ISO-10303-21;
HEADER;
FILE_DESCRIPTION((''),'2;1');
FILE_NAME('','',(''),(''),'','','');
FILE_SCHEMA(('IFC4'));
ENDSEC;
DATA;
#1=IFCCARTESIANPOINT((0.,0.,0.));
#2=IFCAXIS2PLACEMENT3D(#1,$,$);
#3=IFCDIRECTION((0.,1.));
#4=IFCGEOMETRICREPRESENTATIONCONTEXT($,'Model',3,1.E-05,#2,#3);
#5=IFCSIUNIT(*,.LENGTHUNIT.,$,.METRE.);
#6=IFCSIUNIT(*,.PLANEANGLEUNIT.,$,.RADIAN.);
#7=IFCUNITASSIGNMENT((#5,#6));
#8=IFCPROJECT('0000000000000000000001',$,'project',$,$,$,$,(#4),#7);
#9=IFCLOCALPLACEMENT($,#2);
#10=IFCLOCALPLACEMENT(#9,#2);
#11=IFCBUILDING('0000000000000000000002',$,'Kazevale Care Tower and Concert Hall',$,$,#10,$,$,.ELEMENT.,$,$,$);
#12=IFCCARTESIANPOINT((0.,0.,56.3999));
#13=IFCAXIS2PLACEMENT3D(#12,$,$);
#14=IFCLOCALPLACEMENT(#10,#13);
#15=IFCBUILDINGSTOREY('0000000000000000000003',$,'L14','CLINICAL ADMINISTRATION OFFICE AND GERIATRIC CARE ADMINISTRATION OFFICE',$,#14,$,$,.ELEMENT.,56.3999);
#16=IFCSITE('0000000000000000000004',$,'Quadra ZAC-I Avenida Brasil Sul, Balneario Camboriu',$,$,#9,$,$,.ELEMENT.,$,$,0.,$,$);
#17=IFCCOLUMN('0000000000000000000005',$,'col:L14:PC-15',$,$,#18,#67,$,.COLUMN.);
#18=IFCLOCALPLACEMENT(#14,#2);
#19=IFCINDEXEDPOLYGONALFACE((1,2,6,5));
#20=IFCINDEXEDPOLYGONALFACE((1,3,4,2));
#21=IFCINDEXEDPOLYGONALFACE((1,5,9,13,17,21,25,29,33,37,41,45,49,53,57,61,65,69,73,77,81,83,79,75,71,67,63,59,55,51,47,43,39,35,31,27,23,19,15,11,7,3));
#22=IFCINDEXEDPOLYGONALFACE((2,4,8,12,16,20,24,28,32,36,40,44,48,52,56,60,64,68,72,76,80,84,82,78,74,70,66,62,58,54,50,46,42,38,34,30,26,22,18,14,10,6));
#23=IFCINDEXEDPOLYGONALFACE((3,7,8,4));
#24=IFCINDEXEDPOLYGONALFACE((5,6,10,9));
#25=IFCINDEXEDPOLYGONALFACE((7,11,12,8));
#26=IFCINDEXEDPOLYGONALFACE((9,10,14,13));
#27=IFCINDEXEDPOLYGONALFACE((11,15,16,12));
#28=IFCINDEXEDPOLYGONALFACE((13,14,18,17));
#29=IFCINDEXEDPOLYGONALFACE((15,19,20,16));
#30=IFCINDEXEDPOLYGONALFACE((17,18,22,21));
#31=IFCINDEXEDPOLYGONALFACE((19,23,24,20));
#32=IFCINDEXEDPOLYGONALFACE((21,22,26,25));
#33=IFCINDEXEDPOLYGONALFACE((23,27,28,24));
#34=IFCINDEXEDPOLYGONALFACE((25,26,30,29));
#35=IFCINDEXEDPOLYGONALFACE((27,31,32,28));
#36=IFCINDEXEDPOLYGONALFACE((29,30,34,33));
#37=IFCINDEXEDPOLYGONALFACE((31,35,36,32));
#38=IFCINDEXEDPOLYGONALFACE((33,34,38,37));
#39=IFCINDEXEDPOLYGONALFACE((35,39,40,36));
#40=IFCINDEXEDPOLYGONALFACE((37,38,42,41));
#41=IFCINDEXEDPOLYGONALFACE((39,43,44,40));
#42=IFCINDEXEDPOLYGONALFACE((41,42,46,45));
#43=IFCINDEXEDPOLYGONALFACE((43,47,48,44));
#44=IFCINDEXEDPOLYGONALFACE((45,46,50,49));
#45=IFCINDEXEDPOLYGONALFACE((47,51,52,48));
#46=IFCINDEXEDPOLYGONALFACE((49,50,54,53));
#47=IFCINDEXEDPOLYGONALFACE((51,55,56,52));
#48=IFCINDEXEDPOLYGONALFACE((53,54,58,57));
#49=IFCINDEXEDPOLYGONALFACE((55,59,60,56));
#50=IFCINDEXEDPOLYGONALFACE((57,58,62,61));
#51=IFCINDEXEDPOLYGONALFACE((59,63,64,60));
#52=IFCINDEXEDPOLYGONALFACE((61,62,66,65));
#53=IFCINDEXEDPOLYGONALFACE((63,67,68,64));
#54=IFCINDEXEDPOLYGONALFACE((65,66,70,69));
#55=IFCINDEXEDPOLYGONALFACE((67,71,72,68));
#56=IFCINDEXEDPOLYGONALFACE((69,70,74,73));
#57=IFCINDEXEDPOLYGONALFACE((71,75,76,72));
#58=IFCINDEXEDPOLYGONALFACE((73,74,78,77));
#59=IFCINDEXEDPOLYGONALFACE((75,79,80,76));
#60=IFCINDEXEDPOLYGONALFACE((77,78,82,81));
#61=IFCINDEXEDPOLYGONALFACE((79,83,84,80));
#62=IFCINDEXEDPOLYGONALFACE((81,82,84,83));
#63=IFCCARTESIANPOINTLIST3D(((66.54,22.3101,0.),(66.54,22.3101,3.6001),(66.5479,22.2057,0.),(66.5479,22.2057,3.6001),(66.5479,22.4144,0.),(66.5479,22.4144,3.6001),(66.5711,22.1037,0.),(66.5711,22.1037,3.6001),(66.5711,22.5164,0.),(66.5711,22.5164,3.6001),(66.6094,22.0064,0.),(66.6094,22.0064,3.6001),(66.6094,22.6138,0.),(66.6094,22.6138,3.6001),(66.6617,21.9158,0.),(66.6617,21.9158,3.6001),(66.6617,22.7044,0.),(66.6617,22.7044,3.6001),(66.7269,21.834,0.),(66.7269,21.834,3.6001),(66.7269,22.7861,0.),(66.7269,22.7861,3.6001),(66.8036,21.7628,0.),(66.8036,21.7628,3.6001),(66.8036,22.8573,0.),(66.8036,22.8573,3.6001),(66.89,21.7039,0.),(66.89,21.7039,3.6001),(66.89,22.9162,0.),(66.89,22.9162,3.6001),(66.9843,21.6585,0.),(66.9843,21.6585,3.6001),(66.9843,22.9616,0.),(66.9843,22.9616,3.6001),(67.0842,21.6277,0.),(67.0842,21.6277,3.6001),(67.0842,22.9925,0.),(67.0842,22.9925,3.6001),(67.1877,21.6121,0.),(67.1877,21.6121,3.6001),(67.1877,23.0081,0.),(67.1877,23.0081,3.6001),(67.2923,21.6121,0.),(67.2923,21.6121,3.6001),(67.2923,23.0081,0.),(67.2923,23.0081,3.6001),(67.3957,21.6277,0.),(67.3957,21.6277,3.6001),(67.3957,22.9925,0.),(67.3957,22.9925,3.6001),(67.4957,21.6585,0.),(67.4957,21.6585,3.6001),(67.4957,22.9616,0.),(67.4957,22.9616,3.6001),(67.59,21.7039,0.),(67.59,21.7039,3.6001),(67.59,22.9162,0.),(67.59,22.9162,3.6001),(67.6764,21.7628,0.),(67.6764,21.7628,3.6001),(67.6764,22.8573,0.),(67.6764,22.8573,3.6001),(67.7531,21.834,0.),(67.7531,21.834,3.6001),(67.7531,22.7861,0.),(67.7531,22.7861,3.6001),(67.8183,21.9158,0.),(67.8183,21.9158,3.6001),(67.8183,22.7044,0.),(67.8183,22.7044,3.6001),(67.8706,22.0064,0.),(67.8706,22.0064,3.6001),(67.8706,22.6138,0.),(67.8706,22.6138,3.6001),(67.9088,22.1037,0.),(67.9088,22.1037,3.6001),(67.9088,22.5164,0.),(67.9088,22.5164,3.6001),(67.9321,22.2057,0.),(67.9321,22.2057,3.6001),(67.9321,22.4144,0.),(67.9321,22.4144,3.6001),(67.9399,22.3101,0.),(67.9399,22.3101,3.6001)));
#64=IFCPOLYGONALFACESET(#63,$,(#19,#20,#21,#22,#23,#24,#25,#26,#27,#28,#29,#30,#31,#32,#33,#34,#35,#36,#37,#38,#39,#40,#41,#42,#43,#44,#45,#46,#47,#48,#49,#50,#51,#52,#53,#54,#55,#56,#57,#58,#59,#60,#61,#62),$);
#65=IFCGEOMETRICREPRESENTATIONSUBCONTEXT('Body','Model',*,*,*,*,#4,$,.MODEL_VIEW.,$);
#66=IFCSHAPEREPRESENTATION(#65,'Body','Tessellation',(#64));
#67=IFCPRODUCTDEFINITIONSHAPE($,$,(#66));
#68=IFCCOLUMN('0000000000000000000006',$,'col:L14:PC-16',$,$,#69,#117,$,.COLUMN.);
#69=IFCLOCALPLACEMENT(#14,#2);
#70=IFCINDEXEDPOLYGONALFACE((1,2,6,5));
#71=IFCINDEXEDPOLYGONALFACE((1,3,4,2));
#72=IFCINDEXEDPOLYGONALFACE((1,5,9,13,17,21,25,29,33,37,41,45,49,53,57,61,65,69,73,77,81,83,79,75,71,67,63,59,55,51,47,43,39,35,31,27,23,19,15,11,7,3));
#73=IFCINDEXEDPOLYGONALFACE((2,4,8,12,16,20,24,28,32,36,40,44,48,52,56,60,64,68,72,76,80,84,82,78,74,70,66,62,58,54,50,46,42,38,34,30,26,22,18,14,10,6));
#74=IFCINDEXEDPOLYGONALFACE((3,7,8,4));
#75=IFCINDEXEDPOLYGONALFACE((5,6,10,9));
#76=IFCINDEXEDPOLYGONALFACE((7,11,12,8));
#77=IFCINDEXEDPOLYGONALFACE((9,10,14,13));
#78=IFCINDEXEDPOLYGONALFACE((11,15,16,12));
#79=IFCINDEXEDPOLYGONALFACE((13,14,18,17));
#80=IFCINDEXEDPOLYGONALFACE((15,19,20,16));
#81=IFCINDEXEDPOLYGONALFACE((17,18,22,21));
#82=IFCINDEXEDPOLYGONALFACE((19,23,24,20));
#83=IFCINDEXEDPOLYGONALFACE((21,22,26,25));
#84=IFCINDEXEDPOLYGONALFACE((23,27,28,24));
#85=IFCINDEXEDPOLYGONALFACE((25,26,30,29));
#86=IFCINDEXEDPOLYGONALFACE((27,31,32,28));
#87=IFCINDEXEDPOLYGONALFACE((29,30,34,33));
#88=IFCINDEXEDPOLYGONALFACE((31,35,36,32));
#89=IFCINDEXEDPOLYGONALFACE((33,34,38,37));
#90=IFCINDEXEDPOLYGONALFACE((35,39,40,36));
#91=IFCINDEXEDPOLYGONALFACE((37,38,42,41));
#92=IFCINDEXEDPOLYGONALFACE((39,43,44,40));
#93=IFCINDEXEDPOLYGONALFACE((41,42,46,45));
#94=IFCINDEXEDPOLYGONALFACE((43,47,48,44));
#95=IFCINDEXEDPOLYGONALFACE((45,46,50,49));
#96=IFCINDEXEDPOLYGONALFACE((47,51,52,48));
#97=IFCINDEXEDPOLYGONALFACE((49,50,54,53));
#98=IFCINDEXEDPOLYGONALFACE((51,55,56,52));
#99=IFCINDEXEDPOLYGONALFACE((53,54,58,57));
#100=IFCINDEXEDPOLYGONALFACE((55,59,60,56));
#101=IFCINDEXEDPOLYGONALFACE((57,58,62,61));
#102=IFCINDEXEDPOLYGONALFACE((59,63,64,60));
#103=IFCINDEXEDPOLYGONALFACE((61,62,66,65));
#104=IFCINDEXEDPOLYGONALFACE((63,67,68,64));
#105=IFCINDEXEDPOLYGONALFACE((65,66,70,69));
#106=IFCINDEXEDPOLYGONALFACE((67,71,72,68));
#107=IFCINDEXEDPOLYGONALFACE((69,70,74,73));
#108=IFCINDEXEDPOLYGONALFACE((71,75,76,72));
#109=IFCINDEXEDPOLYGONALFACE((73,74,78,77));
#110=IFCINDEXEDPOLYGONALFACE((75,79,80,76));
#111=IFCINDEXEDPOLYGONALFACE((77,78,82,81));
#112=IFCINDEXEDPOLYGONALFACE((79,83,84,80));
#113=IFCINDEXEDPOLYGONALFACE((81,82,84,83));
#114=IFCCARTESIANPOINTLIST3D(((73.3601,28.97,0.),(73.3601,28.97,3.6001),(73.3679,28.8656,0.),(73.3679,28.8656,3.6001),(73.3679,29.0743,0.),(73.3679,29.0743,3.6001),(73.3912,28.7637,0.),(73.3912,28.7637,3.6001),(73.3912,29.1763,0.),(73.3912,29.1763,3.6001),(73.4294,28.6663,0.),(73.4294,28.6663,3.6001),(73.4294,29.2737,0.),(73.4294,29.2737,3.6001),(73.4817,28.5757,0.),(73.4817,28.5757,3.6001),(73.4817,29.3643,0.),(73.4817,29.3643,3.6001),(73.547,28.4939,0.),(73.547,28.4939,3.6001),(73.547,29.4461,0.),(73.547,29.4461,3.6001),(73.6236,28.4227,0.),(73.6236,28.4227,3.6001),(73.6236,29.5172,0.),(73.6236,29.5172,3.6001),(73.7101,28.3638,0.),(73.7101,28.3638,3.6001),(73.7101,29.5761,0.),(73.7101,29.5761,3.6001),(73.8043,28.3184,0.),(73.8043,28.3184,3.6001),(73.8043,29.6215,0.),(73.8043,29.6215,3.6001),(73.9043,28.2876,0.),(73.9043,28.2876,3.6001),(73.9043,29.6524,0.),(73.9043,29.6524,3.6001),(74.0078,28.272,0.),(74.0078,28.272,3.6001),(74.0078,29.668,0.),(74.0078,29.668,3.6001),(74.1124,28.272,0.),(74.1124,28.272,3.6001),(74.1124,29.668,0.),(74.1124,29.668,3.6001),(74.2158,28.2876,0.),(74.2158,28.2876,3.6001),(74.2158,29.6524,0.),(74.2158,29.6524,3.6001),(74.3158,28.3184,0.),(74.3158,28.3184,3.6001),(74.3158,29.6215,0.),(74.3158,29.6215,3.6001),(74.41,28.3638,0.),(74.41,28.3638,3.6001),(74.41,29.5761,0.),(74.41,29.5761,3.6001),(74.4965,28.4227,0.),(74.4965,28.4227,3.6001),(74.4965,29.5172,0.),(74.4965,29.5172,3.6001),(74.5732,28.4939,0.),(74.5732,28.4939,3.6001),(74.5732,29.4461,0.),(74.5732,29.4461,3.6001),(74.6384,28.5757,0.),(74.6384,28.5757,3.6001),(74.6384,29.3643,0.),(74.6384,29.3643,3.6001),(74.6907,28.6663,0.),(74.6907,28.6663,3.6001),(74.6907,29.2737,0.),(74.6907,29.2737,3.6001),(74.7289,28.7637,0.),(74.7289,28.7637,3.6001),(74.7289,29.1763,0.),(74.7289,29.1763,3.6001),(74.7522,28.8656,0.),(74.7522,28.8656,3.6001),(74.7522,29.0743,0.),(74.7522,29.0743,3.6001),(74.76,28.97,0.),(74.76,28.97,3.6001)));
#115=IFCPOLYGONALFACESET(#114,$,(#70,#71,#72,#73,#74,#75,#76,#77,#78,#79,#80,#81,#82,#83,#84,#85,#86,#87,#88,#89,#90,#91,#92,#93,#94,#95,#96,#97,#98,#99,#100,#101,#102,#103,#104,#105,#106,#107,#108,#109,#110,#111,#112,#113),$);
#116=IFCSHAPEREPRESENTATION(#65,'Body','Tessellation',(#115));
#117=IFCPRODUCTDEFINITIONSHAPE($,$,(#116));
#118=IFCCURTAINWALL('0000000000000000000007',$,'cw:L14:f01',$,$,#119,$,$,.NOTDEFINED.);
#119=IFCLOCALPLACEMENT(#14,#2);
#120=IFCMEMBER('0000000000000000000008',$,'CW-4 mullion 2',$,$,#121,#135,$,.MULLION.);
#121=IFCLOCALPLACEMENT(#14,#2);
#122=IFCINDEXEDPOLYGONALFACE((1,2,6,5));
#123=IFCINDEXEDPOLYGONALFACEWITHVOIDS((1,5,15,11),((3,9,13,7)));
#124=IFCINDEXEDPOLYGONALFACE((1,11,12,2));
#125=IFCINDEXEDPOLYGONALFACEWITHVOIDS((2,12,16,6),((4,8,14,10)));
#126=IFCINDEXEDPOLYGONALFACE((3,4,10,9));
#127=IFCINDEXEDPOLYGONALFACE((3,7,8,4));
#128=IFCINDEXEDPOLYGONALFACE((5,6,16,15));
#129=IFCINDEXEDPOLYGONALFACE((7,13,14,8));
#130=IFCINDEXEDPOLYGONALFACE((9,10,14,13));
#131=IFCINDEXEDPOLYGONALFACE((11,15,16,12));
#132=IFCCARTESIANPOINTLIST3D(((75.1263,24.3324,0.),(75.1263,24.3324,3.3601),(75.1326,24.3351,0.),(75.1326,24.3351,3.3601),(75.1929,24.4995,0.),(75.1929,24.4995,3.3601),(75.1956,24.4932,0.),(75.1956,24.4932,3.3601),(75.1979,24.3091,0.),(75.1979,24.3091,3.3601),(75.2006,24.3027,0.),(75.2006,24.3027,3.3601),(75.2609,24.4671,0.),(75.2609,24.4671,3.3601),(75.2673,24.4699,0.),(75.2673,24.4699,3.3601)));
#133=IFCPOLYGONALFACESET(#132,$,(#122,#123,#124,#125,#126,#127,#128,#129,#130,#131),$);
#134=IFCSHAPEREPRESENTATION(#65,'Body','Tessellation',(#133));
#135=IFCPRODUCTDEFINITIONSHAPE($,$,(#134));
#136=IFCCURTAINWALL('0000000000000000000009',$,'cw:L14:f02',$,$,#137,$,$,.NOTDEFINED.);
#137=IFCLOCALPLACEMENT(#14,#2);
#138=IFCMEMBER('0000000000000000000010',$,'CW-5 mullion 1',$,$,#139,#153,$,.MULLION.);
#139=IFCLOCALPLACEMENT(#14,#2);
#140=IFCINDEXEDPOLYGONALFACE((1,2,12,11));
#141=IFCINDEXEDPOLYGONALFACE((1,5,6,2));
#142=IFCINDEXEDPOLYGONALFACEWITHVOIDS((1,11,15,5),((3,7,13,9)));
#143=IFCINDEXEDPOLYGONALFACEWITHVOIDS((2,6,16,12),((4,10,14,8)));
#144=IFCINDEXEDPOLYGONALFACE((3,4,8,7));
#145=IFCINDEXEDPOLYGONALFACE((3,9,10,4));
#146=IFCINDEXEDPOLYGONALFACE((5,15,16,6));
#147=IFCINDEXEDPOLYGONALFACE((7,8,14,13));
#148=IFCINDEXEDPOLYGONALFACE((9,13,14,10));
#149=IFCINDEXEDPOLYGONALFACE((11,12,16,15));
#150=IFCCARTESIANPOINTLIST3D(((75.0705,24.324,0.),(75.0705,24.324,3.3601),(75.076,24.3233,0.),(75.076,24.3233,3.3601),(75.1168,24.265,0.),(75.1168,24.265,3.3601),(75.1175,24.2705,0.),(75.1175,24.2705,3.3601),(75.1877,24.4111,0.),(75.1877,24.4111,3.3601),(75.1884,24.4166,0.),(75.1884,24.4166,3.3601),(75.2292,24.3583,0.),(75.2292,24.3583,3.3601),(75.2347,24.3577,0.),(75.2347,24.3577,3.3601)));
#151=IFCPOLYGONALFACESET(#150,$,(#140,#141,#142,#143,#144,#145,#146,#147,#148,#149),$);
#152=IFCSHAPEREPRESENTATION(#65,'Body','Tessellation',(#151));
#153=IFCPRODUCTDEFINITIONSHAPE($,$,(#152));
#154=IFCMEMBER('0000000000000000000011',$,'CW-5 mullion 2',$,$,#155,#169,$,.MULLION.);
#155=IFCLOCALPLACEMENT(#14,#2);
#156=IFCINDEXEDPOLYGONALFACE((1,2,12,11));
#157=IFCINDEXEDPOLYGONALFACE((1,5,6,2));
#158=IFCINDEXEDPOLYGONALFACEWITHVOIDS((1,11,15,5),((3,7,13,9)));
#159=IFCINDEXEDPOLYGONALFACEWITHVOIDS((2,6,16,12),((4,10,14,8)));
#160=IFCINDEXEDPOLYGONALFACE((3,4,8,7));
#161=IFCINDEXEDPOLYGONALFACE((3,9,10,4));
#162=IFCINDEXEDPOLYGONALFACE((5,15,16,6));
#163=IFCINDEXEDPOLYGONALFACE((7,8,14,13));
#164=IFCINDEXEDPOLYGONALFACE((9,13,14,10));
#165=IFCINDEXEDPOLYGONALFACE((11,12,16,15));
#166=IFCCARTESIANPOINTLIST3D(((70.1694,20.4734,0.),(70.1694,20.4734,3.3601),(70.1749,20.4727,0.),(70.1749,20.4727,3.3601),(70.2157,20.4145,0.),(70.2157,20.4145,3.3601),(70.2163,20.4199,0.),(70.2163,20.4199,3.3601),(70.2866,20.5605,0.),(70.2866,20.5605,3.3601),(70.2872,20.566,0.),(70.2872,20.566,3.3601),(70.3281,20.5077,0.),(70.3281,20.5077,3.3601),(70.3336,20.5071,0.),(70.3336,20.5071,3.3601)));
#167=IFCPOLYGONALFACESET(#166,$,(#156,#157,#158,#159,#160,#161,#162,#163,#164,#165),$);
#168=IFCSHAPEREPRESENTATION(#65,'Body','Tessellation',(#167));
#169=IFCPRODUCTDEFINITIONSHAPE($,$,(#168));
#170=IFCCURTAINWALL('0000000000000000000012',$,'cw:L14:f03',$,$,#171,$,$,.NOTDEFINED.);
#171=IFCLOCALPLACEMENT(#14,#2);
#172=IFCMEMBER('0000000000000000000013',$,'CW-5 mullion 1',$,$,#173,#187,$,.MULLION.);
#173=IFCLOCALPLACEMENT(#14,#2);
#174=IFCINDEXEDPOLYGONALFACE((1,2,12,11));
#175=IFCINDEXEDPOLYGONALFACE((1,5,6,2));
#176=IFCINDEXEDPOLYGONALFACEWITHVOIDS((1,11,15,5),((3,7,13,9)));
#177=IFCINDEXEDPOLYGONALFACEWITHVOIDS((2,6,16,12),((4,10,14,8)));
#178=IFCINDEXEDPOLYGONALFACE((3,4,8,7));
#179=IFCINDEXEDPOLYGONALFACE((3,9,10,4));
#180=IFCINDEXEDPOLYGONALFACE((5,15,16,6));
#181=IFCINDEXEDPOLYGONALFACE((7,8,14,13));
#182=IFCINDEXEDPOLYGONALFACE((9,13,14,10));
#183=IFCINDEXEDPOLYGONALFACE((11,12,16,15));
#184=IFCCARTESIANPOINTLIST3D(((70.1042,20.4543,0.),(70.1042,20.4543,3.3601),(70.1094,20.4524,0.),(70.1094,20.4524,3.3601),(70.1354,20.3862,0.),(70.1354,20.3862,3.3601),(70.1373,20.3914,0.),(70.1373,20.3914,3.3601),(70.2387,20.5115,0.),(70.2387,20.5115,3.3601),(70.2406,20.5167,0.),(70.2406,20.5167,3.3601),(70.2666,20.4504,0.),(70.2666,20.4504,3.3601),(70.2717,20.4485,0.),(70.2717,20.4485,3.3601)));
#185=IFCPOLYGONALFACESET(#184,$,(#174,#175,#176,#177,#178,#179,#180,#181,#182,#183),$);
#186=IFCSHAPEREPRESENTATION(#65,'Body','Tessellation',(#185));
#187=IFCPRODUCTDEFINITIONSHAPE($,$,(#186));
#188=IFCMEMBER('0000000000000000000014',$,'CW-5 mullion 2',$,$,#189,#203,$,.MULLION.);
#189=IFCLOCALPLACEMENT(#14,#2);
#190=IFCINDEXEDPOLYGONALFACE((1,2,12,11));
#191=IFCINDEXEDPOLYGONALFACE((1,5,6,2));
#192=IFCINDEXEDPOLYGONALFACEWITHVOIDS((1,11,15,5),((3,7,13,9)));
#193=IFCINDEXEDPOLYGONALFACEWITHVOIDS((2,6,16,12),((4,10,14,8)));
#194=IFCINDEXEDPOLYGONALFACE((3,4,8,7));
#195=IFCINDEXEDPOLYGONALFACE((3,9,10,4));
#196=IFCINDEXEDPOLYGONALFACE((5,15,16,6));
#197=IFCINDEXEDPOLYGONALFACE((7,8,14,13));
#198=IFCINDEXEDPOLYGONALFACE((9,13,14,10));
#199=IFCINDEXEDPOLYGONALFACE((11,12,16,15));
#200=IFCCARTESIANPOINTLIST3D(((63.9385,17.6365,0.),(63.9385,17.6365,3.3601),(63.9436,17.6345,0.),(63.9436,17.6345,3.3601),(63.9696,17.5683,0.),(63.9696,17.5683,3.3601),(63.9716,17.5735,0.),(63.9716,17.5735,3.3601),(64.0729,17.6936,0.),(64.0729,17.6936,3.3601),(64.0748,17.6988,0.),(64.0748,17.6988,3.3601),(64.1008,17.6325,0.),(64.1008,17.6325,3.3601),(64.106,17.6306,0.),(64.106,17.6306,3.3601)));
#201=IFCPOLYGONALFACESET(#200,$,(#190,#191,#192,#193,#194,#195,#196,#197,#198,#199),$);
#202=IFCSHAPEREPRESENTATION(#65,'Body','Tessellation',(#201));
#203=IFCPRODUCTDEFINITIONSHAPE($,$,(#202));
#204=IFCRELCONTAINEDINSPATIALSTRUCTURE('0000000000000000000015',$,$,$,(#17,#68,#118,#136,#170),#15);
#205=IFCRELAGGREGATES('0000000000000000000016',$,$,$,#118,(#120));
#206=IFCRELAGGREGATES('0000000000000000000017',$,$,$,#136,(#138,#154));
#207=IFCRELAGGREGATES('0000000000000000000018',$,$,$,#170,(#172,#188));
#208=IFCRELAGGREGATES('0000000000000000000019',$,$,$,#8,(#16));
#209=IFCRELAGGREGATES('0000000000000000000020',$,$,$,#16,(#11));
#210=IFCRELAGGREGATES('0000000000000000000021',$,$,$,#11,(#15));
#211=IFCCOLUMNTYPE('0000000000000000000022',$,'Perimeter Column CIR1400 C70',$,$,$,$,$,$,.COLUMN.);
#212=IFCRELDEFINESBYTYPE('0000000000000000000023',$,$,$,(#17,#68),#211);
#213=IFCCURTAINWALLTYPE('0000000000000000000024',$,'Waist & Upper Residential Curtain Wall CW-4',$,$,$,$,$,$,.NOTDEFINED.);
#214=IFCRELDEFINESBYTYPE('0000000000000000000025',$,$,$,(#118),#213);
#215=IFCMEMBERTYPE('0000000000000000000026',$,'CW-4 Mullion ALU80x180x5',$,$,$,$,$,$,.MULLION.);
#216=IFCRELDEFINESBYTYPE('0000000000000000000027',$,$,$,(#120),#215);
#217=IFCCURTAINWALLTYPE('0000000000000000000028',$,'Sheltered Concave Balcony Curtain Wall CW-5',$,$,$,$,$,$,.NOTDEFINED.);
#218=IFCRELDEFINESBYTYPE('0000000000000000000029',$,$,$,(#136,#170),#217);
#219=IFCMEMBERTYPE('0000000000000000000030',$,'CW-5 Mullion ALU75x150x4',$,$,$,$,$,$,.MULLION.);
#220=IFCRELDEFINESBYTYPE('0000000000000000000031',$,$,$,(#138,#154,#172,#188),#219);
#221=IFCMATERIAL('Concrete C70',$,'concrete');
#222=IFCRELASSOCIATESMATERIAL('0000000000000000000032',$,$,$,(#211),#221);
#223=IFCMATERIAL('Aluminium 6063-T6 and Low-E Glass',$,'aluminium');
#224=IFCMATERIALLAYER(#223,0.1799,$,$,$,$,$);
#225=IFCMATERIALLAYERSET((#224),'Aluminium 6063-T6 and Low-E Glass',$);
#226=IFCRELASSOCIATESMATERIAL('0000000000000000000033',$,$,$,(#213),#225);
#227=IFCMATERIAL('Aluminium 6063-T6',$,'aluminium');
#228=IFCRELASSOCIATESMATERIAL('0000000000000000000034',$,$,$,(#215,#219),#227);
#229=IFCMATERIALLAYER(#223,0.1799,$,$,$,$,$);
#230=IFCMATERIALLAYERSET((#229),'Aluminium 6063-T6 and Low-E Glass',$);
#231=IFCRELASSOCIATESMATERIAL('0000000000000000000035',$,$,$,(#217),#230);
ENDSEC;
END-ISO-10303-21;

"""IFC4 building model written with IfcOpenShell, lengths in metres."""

from ifc_helpers import new_model, si_unit, direction, frame, origin, origin_2d, place, context, subcontext, project, spatial, hollow_rectangle, circle, extrude, material, layer, layer_set, material_profile, profile_set, type_object, element, aggregate, save


model = new_model("IFC4")

# Units and contexts
model_context = context("Model", 3, precision=1e-05, world=origin(), true_north=direction((0.0, 1.0)))
body_context = subcontext(model_context, "Body", "Model", "MODEL_VIEW")
ifc_project = project(units=[si_unit("LENGTHUNIT", "METRE"), si_unit("PLANEANGLEUNIT", "RADIAN")], contexts=[model_context])

# Site, building, storey
site_placement = place(None, origin())
site = spatial("IfcSite", under=ifc_project, at=site_placement, Name="Quadra ZAC-I Avenida Brasil Sul, Balneario Camboriu", CompositionType="ELEMENT", RefElevation=0.0)
building_placement = place(site_placement, origin())
building = spatial("IfcBuilding", under=site, at=building_placement, Name="Kazevale Care Tower and Concert Hall", CompositionType="ELEMENT")
storey_placement = place(building_placement, frame((0.0, 0.0, 56.3999)))
storey = spatial("IfcBuildingStorey", under=building, at=storey_placement, Name="L14", Description="CLINICAL ADMINISTRATION OFFICE AND GERIATRIC CARE ADMINISTRATION OFFICE", CompositionType="ELEMENT", Elevation=56.3999)

# Columns
ifc_material_1 = material(Name="Concrete C70", Category="concrete")
ifc_material_profile_1 = material_profile(ifc_material_1, circle(Radius=0.7, at=origin_2d()), Name="RC-CIR1400")
ifc_profile_set_1 = profile_set([ifc_material_profile_1], Name="Concrete C70")
column_type = type_object("IfcColumnType", Name="Perimeter Column CIR1400 C70", PredefinedType="COLUMN", material=ifc_profile_set_1)
for number, where, z_axis, x_axis, name in (
    (1, (67.24, 22.3101, 0.0), (0.0, 0.0, 1.0), (1.0, 0.0, 0.0), "col:L14:PC-15"),
    (2, (74.0601, 28.97, 0.0), (0.0, 0.0, 1.0), (1.0, 0.0, 0.0), "col:L14:PC-16"),
):
    element("IfcColumn", number, at=place(storey_placement, frame(where, z_axis=z_axis, x_axis=x_axis)), inside=storey, type_object=column_type, Name=name, PredefinedType="COLUMN", context=body_context, shape_type="SweptSolid", body=[
        extrude(circle(Radius=0.7, at=origin_2d()), origin(), (0.0, 0.0, 1.0), 3.6001),
    ])

# Curtain wall, member
ifc_material_2 = material(Name="Aluminium 6063-T6 and Low-E Glass", Category="aluminium")
ifc_layer_1 = layer(ifc_material_2, 0.1799)
ifc_layer_set_1 = layer_set([ifc_layer_1], Name="Aluminium 6063-T6 and Low-E Glass")
curtain_wall_type_1 = type_object("IfcCurtainWallType", Name="Waist & Upper Residential Curtain Wall CW-4", PredefinedType="NOTDEFINED", material=ifc_layer_set_1)
curtain_wall_1_placement = place(storey_placement, origin())
curtain_wall_1 = element("IfcCurtainWall", 3, at=curtain_wall_1_placement, inside=storey, type_object=curtain_wall_type_1, Name="cw:L14:f01", PredefinedType="NOTDEFINED")
ifc_material_3 = material(Name="Aluminium 6063-T6", Category="aluminium")
ifc_material_profile_2 = material_profile(ifc_material_3, hollow_rectangle(XDim=0.0801, YDim=0.1799, WallThickness=0.0049, at=origin_2d()), Name="ALU80x180x5")
ifc_profile_set_2 = profile_set([ifc_material_profile_2], Name="Aluminium 6063-T6")
member_type_1 = type_object("IfcMemberType", Name="CW-4 Mullion ALU80x180x5", PredefinedType="MULLION", material=ifc_profile_set_2)
member_1_placement = place(storey_placement, frame((75.1968, 24.4011, 0.0), z_axis=(0.0, 0.0, 1.0), x_axis=(0.928861, -0.370427, 0.0)))
member_1 = element("IfcMember", 4, at=member_1_placement, type_object=member_type_1, Name="CW-4 mullion 2", PredefinedType="MULLION", context=body_context, shape_type="SweptSolid", body=[
    extrude(hollow_rectangle(XDim=0.0801, YDim=0.1799, WallThickness=0.0049, at=origin_2d()), origin(), (0.0, 0.0, 1.0), 3.3601),
])
aggregate(curtain_wall_1, [member_1])

# Curtain walls, members
ifc_layer_2 = layer(ifc_material_2, 0.1799)
ifc_layer_set_2 = layer_set([ifc_layer_2], Name="Aluminium 6063-T6 and Low-E Glass")
curtain_wall_type_2 = type_object("IfcCurtainWallType", Name="Sheltered Concave Balcony Curtain Wall CW-5", PredefinedType="NOTDEFINED", material=ifc_layer_set_2)
curtain_wall_2_placement = place(storey_placement, origin())
curtain_wall_2 = element("IfcCurtainWall", 5, at=curtain_wall_2_placement, inside=storey, type_object=curtain_wall_type_2, Name="cw:L14:f02", PredefinedType="NOTDEFINED")
ifc_material_profile_3 = material_profile(ifc_material_3, hollow_rectangle(XDim=0.075, YDim=0.1499, WallThickness=0.0039, at=origin_2d()), Name="ALU75x150x4")
ifc_profile_set_3 = profile_set([ifc_material_profile_3], Name="Aluminium 6063-T6")
member_type_2 = type_object("IfcMemberType", Name="CW-5 Mullion ALU75x150x4", PredefinedType="MULLION", material=ifc_profile_set_3)
member_2_placement = place(storey_placement, frame((75.1526, 24.3408, 0.0), z_axis=(0.0, 0.0, 1.0), x_axis=(0.617808, -0.786329, 0.0)))
member_2 = element("IfcMember", 6, at=member_2_placement, type_object=member_type_2, Name="CW-5 mullion 1", PredefinedType="MULLION", context=body_context, shape_type="SweptSolid", body=[
    extrude(hollow_rectangle(XDim=0.075, YDim=0.1499, WallThickness=0.0039, at=origin_2d()), origin(), (0.0, 0.0, 1.0), 3.3601),
])
member_3_placement = place(storey_placement, frame((70.2515, 20.4902, 0.0), z_axis=(0.0, 0.0, 1.0), x_axis=(0.617808, -0.786329, 0.0)))
member_3 = element("IfcMember", 7, at=member_3_placement, type_object=member_type_2, Name="CW-5 mullion 2", PredefinedType="MULLION", context=body_context, shape_type="SweptSolid", body=[
    extrude(hollow_rectangle(XDim=0.075, YDim=0.1499, WallThickness=0.0039, at=origin_2d()), origin(), (0.0, 0.0, 1.0), 3.3601),
])
curtain_wall_3_placement = place(storey_placement, origin())
curtain_wall_3 = element("IfcCurtainWall", 8, at=curtain_wall_3_placement, inside=storey, type_object=curtain_wall_type_2, Name="cw:L14:f03", PredefinedType="NOTDEFINED")
member_4_placement = place(storey_placement, frame((70.188, 20.4514, 0.0), z_axis=(0.0, 0.0, 1.0), x_axis=(0.41566, -0.90952, 0.0)))
member_4 = element("IfcMember", 9, at=member_4_placement, type_object=member_type_2, Name="CW-5 mullion 1", PredefinedType="MULLION", context=body_context, shape_type="SweptSolid", body=[
    extrude(hollow_rectangle(XDim=0.075, YDim=0.1499, WallThickness=0.0039, at=origin_2d()), origin(), (0.0, 0.0, 1.0), 3.3601),
])
member_5_placement = place(storey_placement, frame((64.0222, 17.6335, 0.0), z_axis=(0.0, 0.0, 1.0), x_axis=(0.41566, -0.90952, 0.0)))
member_5 = element("IfcMember", 10, at=member_5_placement, type_object=member_type_2, Name="CW-5 mullion 2", PredefinedType="MULLION", context=body_context, shape_type="SweptSolid", body=[
    extrude(hollow_rectangle(XDim=0.075, YDim=0.1499, WallThickness=0.0039, at=origin_2d()), origin(), (0.0, 0.0, 1.0), 3.3601),
])

aggregate(curtain_wall_2, [member_2, member_3])
aggregate(curtain_wall_3, [member_4, member_5])

save(model, "model.ifc")
